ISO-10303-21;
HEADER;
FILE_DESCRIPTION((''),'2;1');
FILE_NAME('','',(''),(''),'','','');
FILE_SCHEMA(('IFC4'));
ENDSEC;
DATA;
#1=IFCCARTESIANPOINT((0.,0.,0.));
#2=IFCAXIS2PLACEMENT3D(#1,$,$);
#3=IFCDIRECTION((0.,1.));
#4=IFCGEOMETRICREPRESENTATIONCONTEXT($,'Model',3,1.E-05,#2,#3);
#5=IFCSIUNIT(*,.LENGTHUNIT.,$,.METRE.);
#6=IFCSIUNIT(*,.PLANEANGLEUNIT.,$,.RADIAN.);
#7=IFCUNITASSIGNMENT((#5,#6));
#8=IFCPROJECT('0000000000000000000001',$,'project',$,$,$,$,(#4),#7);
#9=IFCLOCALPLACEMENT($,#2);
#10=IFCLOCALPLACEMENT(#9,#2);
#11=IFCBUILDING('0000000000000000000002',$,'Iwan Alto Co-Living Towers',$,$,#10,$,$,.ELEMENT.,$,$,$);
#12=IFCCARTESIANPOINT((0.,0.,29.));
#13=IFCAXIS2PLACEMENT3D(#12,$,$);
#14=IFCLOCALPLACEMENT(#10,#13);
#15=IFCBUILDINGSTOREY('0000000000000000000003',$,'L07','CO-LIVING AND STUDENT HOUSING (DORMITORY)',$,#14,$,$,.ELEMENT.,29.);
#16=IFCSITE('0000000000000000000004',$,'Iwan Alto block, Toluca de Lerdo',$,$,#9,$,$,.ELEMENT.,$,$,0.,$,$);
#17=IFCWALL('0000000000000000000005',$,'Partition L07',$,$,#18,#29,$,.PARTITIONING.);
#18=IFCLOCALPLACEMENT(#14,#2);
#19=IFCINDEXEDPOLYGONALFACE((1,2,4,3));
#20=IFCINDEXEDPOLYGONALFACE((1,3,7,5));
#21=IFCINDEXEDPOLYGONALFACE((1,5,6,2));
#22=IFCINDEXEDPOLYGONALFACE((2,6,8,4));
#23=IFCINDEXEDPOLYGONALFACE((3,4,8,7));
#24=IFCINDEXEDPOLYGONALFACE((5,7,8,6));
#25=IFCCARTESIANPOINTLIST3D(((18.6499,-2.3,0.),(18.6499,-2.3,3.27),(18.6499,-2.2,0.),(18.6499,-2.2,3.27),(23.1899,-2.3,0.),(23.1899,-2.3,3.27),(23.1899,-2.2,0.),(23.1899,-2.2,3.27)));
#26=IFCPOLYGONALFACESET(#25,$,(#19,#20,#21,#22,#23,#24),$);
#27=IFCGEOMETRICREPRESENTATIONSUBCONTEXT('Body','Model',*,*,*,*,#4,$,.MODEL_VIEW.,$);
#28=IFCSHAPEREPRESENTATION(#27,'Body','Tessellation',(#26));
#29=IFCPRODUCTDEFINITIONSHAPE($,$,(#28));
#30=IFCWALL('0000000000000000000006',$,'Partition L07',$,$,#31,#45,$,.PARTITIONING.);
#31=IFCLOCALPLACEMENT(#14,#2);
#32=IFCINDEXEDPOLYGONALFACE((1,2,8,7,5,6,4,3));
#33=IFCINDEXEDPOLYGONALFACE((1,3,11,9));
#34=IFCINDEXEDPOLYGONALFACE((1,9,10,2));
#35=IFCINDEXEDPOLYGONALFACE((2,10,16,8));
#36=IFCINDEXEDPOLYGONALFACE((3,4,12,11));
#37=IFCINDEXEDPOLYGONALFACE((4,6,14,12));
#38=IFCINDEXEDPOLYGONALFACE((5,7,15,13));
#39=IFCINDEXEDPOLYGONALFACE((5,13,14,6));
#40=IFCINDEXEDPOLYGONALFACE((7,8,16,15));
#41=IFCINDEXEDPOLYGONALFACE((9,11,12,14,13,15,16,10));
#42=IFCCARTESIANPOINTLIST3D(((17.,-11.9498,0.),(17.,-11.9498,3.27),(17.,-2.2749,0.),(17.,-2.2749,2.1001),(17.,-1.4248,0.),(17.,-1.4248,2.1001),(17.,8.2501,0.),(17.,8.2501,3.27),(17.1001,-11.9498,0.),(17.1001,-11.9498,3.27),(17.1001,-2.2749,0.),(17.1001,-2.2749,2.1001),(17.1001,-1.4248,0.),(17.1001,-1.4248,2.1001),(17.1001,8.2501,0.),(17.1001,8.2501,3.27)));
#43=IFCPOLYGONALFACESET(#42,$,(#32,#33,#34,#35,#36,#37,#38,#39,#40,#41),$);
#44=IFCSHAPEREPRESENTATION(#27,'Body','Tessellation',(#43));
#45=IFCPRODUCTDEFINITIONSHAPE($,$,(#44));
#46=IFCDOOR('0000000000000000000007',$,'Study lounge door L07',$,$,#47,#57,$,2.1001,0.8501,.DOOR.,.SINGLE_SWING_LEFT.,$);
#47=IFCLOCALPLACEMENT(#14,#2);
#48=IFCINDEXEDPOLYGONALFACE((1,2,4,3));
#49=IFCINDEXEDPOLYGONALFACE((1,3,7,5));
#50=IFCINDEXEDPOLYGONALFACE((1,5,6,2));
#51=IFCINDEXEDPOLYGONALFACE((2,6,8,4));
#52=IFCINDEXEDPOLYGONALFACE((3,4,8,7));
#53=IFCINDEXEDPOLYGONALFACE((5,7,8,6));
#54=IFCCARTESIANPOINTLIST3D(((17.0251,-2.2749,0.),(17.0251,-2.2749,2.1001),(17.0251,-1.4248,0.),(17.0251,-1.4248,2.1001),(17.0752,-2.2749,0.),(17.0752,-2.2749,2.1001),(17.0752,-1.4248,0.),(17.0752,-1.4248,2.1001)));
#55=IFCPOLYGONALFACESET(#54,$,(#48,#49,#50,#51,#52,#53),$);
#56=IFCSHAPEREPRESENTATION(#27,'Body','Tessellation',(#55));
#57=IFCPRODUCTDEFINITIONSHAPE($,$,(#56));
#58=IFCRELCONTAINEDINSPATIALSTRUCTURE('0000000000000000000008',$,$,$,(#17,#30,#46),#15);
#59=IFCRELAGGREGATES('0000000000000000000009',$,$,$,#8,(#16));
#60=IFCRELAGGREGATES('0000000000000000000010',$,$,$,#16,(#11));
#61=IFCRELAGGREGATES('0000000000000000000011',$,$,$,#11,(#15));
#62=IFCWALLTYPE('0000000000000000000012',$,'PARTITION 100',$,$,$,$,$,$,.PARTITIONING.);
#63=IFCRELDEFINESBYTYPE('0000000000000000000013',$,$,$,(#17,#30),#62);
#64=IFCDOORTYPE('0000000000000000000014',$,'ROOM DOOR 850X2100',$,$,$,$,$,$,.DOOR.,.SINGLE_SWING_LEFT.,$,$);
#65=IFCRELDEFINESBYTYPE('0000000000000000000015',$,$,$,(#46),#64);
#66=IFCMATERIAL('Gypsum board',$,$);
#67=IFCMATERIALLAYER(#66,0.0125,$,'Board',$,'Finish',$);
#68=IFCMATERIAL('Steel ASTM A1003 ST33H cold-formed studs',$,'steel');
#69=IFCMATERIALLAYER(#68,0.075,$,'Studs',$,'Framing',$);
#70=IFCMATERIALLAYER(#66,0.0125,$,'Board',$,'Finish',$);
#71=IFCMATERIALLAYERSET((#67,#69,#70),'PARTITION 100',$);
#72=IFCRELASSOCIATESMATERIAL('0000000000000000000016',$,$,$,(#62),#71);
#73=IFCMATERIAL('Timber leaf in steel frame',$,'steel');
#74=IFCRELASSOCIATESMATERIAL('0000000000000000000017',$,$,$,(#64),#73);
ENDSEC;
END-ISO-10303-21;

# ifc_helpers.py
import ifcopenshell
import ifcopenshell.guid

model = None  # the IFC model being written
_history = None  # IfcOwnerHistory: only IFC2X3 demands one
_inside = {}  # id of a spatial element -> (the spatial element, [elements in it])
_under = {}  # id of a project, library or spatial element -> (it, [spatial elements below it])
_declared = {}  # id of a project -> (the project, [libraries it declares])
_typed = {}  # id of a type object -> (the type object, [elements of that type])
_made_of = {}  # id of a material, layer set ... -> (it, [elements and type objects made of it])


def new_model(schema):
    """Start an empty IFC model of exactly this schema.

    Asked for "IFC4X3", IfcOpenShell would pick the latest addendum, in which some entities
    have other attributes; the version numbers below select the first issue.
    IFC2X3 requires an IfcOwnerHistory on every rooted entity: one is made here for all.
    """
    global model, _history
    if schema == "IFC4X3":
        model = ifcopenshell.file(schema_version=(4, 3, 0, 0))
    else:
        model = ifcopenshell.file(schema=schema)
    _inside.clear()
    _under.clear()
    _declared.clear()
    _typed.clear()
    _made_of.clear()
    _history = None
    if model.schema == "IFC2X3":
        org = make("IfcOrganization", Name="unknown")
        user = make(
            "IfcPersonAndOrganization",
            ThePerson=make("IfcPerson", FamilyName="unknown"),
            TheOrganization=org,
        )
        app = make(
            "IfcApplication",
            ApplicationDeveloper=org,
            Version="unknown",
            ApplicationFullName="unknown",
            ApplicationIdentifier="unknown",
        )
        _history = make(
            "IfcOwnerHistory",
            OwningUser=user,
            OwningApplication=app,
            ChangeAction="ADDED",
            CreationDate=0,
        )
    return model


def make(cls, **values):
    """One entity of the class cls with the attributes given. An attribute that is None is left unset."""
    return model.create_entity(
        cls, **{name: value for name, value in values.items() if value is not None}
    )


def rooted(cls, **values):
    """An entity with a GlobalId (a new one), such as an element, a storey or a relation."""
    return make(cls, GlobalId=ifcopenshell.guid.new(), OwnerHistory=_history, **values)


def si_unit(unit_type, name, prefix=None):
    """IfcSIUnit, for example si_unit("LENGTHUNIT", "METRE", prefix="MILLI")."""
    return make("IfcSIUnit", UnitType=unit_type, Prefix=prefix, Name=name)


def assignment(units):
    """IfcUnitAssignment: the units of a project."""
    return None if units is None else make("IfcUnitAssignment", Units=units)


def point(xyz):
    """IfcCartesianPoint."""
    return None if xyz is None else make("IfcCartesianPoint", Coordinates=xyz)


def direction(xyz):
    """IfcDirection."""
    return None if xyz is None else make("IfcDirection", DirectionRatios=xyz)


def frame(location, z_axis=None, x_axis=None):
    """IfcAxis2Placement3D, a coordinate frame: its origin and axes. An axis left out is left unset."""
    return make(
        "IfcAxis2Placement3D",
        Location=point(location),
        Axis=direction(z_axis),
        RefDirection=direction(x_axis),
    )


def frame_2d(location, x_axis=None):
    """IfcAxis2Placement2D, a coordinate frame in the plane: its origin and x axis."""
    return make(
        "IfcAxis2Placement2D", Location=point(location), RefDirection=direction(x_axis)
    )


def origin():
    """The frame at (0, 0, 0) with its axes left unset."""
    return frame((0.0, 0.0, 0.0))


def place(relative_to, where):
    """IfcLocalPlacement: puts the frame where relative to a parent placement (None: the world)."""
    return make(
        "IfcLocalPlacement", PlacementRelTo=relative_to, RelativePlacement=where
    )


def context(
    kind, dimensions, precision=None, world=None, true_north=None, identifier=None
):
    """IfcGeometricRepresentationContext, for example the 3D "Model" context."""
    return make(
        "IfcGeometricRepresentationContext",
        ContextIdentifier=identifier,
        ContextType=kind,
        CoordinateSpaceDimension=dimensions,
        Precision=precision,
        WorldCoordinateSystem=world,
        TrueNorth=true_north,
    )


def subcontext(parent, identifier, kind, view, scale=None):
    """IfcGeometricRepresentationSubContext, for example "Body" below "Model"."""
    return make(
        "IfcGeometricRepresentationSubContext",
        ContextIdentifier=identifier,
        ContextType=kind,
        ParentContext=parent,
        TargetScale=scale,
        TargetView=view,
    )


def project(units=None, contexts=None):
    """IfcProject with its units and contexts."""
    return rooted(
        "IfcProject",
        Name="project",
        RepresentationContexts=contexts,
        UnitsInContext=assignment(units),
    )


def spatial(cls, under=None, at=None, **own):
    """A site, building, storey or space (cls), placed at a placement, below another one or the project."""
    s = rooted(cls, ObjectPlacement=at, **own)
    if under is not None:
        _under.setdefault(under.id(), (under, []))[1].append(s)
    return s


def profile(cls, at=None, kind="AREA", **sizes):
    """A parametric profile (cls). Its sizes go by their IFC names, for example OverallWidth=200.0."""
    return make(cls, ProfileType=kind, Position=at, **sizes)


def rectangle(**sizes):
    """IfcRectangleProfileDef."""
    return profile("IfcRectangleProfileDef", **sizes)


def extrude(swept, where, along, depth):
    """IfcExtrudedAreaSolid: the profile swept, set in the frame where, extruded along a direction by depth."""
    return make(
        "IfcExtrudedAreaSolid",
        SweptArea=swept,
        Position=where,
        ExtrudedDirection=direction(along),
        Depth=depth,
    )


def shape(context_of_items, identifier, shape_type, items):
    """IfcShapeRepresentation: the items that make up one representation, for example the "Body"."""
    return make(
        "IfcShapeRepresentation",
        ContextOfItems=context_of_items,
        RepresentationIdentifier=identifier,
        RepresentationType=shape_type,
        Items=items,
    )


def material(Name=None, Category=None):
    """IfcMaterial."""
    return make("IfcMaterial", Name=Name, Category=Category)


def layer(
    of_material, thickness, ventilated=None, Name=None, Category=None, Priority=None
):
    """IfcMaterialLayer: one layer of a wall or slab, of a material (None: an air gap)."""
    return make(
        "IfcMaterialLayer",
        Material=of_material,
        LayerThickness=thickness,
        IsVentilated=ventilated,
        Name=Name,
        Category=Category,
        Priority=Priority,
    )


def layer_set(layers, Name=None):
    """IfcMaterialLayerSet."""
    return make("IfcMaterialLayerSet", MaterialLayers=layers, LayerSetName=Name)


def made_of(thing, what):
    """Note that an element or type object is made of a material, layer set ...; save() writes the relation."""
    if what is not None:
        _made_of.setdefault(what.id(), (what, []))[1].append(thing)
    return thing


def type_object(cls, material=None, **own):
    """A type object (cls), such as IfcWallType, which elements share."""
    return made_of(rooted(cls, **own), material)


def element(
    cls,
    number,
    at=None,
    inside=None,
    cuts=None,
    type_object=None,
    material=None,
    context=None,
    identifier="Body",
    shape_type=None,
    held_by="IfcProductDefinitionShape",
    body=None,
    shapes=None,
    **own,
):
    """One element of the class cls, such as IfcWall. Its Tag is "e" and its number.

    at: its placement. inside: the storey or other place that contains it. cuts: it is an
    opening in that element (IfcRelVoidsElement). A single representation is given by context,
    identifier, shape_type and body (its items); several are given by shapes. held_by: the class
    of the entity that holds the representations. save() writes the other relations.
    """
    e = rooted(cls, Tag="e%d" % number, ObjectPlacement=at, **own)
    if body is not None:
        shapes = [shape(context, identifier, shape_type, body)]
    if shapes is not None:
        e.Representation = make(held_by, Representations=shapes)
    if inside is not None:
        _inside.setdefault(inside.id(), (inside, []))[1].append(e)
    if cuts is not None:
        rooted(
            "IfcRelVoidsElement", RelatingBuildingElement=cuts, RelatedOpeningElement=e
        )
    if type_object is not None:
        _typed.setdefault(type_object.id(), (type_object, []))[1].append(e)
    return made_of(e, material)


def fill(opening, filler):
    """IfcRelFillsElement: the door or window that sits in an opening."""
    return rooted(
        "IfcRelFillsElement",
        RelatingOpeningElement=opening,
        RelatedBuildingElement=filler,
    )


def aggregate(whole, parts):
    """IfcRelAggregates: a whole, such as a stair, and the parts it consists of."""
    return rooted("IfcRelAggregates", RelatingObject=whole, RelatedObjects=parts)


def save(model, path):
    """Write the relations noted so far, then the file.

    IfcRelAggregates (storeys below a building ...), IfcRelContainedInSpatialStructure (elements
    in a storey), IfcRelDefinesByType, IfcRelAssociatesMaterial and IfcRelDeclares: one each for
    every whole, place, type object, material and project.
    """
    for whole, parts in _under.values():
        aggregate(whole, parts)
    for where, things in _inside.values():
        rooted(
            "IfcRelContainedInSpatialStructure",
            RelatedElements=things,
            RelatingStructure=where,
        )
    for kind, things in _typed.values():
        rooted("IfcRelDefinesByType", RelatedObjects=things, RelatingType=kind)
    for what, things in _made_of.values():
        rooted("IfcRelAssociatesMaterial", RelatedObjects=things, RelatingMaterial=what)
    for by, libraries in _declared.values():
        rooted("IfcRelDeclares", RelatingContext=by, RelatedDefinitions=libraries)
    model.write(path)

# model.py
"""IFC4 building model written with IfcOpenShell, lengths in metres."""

from ifc_helpers import new_model, si_unit, direction, frame, frame_2d, origin, place, context, subcontext, project, spatial, rectangle, extrude, material, layer, layer_set, type_object, element, fill, save


model = new_model("IFC4")

# Units and contexts
model_context = context("Model", 3, precision=1e-05, world=origin(), true_north=direction((0.0, 1.0)))
body_context = subcontext(model_context, "Body", "Model", "MODEL_VIEW")
ifc_project = project(units=[si_unit("LENGTHUNIT", "METRE"), si_unit("PLANEANGLEUNIT", "RADIAN")], contexts=[model_context])

# Site, building, storey
site_placement = place(None, origin())
site = spatial("IfcSite", under=ifc_project, at=site_placement, Name="Iwan Alto block, Toluca de Lerdo", CompositionType="ELEMENT", RefElevation=0.0)
building_placement = place(site_placement, origin())
building = spatial("IfcBuilding", under=site, at=building_placement, Name="Iwan Alto Co-Living Towers", CompositionType="ELEMENT")
storey_placement = place(building_placement, frame((0.0, 0.0, 29.0)))
storey = spatial("IfcBuildingStorey", under=building, at=storey_placement, Name="L07", Description="CO-LIVING AND STUDENT HOUSING (DORMITORY)", CompositionType="ELEMENT", Elevation=29.0)

# Wall
ifc_material_1 = material(Name="Gypsum board")
ifc_layer_1 = layer(ifc_material_1, 0.0125, Name="Board", Category="Finish")
ifc_material_2 = material(Name="Steel ASTM A1003 ST33H cold-formed studs", Category="steel")
ifc_layer_2 = layer(ifc_material_2, 0.075, Name="Studs", Category="Framing")
ifc_layer_3 = layer(ifc_material_1, 0.0125, Name="Board", Category="Finish")
ifc_layer_set = layer_set([ifc_layer_1, ifc_layer_2, ifc_layer_3], Name="PARTITION 100")
wall_type = type_object("IfcWallType", Name="PARTITION 100", PredefinedType="PARTITIONING", material=ifc_layer_set)
for number, where, z_axis, x_axis, name in (
    (1, (18.6499, -2.25, 0.0), (0.0, 0.0, 1.0), (1.0, 0.0, 0.0), "Partition L07"),
):
    element("IfcWall", number, at=place(storey_placement, frame(where, z_axis=z_axis, x_axis=x_axis)), inside=storey, type_object=wall_type, Name=name, PredefinedType="PARTITIONING", context=body_context, shape_type="SweptSolid", body=[
        extrude(rectangle(XDim=4.54, YDim=0.1001, at=frame_2d((2.27, 0.0))), origin(), (0.0, 0.0, 1.0), 3.27),
    ])

# Wall, opening, door
wall_1_placement = place(storey_placement, frame((17.05, -11.95, 0.0), z_axis=(0.0, 0.0, 1.0), x_axis=(0.0, 1.0, 0.0)))
wall_1 = element("IfcWall", 2, at=wall_1_placement, inside=storey, type_object=wall_type, Name="Partition L07", PredefinedType="PARTITIONING", context=body_context, shape_type="SweptSolid", body=[
    extrude(rectangle(XDim=20.2, YDim=0.1001, at=frame_2d((10.1001, 0.0))), origin(), (0.0, 0.0, 1.0), 3.27),
])
opening_placement = place(wall_1_placement, frame((9.675, 0.0, 0.0)))
opening = element("IfcOpeningElement", 3, at=opening_placement, cuts=wall_1, PredefinedType="OPENING", context=body_context, shape_type="SweptSolid", body=[
    extrude(rectangle(XDim=0.8501, YDim=2.1001, at=frame_2d((0.425, 1.05))), frame((0.0, 0.0601, 0.0), z_axis=(0.0, -1.0, 0.0), x_axis=(1.0, 0.0, 0.0)), (0.0, 0.0, 1.0), 0.1201),
])
ifc_material_3 = material(Name="Timber leaf in steel frame", Category="steel")
door_type = type_object("IfcDoorType", Name="ROOM DOOR 850X2100", OperationType="SINGLE_SWING_LEFT", PredefinedType="DOOR", material=ifc_material_3)
door_placement = place(opening_placement, origin())
door = element("IfcDoor", 4, at=door_placement, inside=storey, type_object=door_type, Name="Study lounge door L07", OperationType="SINGLE_SWING_LEFT", OverallHeight=2.1001, OverallWidth=0.8501, PredefinedType="DOOR", context=body_context, shape_type="SweptSolid", body=[
    extrude(rectangle(XDim=0.8501, YDim=2.1001, at=frame_2d((0.425, 1.05))), frame((0.0, 0.0249, 0.0), z_axis=(0.0, -1.0, 0.0), x_axis=(1.0, 0.0, 0.0)), (0.0, 0.0, 1.0), 0.05),
])
fill(opening, door)

save(model, "model.ifc")
